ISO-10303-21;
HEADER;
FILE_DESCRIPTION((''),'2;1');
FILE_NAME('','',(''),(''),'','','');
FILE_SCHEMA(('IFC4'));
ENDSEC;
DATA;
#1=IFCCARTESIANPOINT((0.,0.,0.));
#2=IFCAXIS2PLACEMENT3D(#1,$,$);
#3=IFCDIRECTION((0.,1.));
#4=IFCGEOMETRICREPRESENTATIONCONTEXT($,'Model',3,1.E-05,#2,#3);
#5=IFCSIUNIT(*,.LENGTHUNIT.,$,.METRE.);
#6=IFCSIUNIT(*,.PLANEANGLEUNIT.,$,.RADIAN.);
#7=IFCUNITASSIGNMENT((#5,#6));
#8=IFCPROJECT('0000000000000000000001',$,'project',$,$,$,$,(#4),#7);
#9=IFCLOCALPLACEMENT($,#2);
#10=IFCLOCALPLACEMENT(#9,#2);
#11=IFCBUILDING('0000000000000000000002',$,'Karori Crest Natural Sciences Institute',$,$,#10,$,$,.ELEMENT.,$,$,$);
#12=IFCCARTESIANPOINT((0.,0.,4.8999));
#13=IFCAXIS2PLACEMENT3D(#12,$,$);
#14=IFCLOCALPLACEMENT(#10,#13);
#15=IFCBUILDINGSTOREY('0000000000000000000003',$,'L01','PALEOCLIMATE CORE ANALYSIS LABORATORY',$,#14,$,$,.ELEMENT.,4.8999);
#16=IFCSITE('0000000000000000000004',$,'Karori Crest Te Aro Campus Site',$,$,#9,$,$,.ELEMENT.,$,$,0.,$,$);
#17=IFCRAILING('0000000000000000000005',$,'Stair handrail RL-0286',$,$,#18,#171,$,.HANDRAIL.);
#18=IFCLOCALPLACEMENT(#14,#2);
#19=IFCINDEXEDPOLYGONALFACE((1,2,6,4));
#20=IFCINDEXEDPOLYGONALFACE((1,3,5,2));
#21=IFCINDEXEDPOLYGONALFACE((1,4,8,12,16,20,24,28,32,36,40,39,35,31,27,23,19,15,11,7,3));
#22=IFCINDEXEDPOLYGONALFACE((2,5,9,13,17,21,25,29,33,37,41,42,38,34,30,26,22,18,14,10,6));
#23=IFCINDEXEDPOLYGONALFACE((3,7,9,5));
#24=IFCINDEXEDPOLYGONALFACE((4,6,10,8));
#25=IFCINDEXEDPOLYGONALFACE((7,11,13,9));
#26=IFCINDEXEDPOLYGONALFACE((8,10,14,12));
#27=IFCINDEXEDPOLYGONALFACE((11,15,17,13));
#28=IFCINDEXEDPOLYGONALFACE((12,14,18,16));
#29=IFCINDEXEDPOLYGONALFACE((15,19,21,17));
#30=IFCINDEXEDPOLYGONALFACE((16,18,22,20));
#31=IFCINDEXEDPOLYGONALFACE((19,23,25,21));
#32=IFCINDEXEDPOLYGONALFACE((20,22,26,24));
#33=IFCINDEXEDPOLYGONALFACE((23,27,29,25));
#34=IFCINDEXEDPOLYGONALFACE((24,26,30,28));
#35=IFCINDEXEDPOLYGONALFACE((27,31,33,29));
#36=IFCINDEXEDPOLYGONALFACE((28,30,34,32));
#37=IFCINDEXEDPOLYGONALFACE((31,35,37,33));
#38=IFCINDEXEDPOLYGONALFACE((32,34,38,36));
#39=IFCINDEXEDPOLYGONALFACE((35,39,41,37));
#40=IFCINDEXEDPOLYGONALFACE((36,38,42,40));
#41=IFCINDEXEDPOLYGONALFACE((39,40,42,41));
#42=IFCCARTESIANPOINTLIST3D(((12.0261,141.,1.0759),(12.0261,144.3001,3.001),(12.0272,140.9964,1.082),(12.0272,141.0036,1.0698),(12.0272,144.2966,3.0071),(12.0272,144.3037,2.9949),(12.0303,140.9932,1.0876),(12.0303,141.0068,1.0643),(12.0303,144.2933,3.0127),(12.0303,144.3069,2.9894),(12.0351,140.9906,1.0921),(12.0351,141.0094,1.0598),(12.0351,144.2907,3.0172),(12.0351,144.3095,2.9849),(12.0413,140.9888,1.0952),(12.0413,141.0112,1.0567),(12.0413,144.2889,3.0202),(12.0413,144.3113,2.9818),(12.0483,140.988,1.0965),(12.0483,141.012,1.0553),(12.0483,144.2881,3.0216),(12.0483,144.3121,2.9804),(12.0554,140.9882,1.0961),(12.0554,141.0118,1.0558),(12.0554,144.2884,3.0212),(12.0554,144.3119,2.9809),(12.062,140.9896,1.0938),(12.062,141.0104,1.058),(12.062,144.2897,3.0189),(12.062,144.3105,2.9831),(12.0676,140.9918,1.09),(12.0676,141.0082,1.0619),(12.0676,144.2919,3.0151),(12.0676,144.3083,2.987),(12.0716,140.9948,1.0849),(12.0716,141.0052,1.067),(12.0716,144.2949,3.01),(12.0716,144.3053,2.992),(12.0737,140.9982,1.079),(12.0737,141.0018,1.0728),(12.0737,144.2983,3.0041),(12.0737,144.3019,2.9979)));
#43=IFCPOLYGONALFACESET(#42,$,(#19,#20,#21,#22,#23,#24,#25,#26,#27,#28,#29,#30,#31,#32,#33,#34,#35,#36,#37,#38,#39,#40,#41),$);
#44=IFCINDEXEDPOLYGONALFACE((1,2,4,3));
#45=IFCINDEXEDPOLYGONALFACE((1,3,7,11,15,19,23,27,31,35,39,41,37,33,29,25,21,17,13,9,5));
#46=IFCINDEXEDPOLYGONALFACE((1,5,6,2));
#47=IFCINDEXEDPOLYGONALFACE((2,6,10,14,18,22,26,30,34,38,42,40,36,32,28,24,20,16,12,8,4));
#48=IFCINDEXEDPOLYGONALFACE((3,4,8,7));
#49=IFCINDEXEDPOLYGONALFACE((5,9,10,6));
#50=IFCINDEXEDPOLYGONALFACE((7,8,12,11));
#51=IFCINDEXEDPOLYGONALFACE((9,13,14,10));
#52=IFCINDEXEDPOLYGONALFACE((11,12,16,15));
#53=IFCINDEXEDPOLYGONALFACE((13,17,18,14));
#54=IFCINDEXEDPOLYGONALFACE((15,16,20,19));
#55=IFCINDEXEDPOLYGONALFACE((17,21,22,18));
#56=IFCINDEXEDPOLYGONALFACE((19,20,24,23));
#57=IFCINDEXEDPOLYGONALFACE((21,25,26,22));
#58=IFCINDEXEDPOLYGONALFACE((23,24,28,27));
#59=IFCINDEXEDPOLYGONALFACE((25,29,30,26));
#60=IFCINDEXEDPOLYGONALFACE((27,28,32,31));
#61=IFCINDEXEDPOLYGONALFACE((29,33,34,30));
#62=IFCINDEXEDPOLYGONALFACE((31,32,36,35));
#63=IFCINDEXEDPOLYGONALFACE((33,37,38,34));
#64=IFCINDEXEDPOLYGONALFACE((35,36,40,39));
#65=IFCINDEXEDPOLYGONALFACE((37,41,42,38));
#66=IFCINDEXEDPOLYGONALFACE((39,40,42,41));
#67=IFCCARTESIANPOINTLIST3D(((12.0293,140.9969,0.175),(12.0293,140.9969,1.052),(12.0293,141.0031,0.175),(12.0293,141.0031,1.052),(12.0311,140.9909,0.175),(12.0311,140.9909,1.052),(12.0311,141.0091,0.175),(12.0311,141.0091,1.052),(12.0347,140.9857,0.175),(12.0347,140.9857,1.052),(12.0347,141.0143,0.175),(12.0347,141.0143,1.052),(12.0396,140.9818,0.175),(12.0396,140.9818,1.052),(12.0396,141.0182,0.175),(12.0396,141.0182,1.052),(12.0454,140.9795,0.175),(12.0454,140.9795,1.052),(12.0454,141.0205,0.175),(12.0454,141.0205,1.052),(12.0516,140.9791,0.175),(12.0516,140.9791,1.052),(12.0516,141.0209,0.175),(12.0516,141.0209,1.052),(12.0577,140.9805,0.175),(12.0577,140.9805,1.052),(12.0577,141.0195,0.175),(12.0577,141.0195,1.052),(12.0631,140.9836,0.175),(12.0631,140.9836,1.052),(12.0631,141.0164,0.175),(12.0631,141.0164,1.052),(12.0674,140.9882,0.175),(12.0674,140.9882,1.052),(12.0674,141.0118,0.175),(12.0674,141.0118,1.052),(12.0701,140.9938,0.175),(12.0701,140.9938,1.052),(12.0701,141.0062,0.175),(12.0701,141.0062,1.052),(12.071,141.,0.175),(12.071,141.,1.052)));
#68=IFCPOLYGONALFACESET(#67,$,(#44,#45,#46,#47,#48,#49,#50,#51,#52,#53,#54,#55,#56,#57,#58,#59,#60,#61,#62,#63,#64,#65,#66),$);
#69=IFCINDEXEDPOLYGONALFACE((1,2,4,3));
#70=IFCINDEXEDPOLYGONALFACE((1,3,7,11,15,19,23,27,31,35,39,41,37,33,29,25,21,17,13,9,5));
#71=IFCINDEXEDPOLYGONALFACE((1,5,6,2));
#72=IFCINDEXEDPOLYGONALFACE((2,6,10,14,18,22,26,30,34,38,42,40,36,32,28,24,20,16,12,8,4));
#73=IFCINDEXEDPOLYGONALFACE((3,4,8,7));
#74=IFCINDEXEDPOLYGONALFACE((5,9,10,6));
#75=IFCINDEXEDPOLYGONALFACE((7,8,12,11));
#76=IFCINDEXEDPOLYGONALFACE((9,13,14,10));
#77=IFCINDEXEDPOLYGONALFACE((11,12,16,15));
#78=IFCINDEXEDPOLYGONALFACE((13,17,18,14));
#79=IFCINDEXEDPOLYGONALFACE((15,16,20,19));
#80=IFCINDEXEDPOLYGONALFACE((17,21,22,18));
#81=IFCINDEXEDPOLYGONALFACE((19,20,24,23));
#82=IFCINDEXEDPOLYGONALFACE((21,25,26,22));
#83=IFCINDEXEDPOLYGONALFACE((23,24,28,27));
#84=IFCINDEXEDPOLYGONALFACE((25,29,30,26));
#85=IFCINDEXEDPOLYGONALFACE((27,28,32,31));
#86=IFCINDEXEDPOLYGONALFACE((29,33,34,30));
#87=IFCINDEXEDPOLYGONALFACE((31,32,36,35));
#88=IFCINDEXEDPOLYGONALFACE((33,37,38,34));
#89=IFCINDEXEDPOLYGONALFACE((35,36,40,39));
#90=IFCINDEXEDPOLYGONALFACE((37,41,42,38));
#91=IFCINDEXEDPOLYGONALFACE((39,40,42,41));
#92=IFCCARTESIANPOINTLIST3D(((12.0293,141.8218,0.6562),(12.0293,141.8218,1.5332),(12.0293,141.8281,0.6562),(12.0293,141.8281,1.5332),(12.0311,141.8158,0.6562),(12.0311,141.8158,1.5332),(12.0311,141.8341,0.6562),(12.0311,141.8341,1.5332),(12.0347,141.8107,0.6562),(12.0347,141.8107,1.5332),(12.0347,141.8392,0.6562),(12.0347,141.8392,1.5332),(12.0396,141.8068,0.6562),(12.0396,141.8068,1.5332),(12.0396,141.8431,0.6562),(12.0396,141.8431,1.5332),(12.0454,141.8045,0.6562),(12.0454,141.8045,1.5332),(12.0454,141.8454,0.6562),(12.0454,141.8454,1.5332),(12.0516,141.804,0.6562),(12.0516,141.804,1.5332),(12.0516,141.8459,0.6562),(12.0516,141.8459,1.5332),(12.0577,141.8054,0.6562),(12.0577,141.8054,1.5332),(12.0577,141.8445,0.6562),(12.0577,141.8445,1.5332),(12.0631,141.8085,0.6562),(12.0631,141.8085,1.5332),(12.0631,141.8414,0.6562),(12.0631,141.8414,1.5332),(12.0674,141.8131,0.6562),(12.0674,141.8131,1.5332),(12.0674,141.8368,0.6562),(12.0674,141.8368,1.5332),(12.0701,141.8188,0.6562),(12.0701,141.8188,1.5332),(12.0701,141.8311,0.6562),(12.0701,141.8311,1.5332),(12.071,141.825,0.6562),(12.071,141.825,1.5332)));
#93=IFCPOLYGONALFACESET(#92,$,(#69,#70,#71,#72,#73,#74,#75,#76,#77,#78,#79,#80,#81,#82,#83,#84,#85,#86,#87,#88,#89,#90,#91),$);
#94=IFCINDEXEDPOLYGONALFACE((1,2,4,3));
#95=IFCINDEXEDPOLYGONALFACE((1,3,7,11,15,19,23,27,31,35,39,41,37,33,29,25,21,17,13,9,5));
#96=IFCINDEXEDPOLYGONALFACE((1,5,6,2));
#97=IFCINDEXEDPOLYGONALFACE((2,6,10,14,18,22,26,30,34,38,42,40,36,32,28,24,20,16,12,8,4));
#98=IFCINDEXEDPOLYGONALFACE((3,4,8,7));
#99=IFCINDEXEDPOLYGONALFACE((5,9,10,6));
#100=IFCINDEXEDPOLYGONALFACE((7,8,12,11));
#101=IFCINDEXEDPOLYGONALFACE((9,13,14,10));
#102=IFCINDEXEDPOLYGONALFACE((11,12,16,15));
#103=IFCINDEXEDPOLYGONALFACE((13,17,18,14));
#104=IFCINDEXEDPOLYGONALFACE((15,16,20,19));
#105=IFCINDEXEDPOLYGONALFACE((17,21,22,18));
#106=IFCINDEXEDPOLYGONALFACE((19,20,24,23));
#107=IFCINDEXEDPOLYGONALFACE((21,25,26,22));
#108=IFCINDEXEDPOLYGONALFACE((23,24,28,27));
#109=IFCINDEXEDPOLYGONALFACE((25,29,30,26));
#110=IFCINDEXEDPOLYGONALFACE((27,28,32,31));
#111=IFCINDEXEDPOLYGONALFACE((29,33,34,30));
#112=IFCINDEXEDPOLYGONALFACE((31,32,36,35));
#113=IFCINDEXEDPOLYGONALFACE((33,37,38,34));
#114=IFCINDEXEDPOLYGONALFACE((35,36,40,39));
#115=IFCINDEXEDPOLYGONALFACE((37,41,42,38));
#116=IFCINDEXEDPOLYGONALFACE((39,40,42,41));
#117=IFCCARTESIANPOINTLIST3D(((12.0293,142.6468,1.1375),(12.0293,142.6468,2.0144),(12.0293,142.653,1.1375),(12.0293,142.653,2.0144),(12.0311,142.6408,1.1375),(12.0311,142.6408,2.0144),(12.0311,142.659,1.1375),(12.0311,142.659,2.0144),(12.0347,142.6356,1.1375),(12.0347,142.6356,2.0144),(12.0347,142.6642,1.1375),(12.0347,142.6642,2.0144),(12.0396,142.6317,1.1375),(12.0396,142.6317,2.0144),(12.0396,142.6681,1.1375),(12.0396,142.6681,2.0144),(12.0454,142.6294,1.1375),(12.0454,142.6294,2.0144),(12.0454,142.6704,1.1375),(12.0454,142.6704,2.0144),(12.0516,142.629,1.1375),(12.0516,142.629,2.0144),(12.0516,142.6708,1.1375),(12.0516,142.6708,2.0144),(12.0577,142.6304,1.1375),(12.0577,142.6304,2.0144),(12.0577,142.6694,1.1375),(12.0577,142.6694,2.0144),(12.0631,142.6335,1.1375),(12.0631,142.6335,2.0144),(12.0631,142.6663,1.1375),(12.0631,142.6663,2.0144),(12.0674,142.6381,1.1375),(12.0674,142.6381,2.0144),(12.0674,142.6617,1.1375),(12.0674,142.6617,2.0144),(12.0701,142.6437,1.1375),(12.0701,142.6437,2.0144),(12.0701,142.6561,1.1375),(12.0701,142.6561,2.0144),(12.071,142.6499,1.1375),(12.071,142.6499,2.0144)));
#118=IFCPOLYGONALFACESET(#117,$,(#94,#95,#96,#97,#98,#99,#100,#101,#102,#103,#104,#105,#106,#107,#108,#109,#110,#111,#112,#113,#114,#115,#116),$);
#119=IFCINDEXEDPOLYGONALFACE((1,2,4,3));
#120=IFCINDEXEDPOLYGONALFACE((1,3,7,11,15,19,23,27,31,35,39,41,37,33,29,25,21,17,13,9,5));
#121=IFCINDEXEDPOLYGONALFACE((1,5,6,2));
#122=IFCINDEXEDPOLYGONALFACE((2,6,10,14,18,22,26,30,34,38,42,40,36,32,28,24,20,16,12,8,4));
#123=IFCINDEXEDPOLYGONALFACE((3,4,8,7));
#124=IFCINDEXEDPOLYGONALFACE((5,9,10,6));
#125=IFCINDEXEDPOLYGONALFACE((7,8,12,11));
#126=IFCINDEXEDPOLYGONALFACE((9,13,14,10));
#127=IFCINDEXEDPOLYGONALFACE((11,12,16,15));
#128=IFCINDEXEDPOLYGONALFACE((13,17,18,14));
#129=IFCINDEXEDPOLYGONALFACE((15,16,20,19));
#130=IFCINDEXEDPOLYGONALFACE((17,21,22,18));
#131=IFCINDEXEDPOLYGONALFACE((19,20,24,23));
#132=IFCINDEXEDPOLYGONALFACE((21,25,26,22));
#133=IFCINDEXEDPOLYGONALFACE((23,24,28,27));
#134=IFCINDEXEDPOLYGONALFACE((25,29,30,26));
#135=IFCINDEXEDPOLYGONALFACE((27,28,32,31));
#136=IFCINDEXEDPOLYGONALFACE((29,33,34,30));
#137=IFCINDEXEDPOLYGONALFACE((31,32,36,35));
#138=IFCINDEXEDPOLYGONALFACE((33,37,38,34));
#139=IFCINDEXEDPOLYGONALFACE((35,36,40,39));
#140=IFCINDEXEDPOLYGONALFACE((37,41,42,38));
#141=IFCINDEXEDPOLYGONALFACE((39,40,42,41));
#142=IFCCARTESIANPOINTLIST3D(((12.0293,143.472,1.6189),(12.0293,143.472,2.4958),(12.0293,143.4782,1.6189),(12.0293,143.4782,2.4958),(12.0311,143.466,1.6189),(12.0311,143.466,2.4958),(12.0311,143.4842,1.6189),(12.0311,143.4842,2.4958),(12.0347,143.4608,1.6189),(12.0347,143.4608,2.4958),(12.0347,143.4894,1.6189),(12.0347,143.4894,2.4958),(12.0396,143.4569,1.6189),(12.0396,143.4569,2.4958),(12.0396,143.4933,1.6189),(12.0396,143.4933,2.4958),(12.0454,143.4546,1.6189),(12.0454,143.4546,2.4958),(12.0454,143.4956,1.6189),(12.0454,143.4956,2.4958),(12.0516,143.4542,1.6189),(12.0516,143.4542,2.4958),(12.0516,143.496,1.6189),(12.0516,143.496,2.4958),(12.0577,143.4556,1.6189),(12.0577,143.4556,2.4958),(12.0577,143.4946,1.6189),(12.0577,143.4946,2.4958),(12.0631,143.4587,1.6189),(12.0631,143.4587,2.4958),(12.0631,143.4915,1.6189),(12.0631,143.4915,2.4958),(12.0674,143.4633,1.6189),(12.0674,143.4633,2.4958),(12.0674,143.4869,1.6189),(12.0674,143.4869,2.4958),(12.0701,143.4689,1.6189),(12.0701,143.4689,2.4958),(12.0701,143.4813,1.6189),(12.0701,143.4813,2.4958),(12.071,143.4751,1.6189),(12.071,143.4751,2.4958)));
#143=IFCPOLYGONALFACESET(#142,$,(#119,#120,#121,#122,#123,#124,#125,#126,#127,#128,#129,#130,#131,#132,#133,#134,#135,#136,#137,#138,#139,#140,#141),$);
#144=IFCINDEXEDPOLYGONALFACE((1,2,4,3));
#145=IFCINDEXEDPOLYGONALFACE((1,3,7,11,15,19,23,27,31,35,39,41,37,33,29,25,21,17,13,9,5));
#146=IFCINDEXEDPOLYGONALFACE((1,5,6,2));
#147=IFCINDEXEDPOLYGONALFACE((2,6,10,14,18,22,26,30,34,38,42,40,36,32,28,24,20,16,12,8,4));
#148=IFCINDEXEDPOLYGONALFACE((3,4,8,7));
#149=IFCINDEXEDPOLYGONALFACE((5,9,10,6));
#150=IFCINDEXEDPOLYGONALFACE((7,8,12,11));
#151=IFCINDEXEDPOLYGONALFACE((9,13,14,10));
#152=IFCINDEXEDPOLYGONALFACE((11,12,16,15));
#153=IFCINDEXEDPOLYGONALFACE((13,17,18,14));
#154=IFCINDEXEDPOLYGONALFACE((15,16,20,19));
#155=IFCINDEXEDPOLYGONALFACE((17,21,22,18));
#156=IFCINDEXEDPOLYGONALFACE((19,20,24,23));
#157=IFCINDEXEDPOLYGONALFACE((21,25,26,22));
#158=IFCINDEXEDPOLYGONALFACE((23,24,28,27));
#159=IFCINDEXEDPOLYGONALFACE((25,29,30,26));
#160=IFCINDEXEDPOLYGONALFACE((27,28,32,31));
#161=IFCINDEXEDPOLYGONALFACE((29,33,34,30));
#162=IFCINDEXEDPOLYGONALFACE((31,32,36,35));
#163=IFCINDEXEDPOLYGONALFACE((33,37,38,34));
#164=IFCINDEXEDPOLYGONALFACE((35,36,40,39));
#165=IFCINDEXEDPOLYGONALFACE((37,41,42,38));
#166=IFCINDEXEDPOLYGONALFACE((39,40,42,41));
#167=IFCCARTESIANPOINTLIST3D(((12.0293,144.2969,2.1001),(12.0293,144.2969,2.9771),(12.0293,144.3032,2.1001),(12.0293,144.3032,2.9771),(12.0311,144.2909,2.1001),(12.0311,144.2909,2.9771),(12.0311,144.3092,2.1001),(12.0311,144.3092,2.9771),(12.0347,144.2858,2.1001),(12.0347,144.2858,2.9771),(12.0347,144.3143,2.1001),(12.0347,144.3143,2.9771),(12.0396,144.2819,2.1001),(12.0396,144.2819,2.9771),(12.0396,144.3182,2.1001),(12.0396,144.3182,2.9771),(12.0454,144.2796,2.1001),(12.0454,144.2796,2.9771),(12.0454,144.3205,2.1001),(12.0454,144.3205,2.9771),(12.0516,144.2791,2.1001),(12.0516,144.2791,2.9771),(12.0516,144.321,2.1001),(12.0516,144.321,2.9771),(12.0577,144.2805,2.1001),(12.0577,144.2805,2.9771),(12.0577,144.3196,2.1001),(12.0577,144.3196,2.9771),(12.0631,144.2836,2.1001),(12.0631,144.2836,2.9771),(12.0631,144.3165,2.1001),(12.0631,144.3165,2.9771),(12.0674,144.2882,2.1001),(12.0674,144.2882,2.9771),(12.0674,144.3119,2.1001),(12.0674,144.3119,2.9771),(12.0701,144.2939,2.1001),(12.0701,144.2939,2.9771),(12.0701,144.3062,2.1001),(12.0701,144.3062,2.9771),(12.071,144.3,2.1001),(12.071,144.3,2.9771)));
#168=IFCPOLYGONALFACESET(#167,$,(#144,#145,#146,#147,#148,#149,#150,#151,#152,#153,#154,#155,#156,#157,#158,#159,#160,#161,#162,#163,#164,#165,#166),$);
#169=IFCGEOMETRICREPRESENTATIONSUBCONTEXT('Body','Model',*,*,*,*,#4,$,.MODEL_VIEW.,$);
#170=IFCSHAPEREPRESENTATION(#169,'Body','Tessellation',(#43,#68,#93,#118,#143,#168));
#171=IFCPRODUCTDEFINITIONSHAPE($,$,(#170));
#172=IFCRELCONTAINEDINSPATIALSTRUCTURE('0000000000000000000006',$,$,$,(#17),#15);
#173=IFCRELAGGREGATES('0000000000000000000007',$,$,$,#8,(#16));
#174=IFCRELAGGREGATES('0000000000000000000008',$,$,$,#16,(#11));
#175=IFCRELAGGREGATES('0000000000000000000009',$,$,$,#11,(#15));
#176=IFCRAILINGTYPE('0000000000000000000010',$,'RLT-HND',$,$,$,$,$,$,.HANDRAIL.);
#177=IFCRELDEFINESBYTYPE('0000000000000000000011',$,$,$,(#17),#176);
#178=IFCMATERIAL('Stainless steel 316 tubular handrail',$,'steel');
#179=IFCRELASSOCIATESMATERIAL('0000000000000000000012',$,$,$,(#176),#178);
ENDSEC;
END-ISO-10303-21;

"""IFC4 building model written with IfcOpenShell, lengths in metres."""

from ifc_helpers import new_model, si_unit, direction, frame, origin, origin_2d, place, context, subcontext, project, spatial, circle, extrude, material, type_object, element, save


model = new_model("IFC4")

# Units and contexts
model_context = context("Model", 3, precision=1e-05, world=origin(), true_north=direction((0.0, 1.0)))
body_context = subcontext(model_context, "Body", "Model", "MODEL_VIEW")
ifc_project = project(units=[si_unit("LENGTHUNIT", "METRE"), si_unit("PLANEANGLEUNIT", "RADIAN")], contexts=[model_context])

# Site, building, storey
site_placement = place(None, origin())
site = spatial("IfcSite", under=ifc_project, at=site_placement, Name="Karori Crest Te Aro Campus Site", CompositionType="ELEMENT", RefElevation=0.0)
building_placement = place(site_placement, origin())
building = spatial("IfcBuilding", under=site, at=building_placement, Name="Karori Crest Natural Sciences Institute", CompositionType="ELEMENT")
storey_placement = place(building_placement, frame((0.0, 0.0, 4.8999)))
storey = spatial("IfcBuildingStorey", under=building, at=storey_placement, Name="L01", Description="PALEOCLIMATE CORE ANALYSIS LABORATORY", CompositionType="ELEMENT", Elevation=4.8999)

# Railing
ifc_material_1 = material(Name="Stainless steel 316 tubular handrail", Category="steel")
railing_type_1 = type_object("IfcRailingType", Name="RLT-HND", PredefinedType="HANDRAIL", material=ifc_material_1)
railing_1_placement = place(storey_placement, frame((12.05, 141.0, 0.175)))
element("IfcRailing", 1, at=railing_1_placement, inside=storey, type_object=railing_type_1, Name="Stair handrail RL-0286", PredefinedType="HANDRAIL", context=body_context, shape_type="SweptSolid", body=[
    extrude(circle(Radius=0.0239, at=origin_2d()), frame((0.0, 0.0, 0.9009), z_axis=(0.0, 0.863777, 0.503875), x_axis=(-1.0, 0.0, 0.0)), (0.0, 0.0, 1.0), 3.8206),
    extrude(circle(Radius=0.021, at=origin_2d()), origin(), (0.0, 0.0, 1.0), 0.877),
    extrude(circle(Radius=0.021, at=origin_2d()), frame((0.0, 0.825, 0.4812)), (0.0, 0.0, 1.0), 0.877),
    extrude(circle(Radius=0.021, at=origin_2d()), frame((0.0, 1.6499, 0.9624)), (0.0, 0.0, 1.0), 0.877),
    extrude(circle(Radius=0.021, at=origin_2d()), frame((0.0, 2.4751, 1.4438)), (0.0, 0.0, 1.0), 0.877),
    extrude(circle(Radius=0.021, at=origin_2d()), frame((0.0, 3.3, 1.925)), (0.0, 0.0, 1.0), 0.877),
])

save(model, "model.ifc")
